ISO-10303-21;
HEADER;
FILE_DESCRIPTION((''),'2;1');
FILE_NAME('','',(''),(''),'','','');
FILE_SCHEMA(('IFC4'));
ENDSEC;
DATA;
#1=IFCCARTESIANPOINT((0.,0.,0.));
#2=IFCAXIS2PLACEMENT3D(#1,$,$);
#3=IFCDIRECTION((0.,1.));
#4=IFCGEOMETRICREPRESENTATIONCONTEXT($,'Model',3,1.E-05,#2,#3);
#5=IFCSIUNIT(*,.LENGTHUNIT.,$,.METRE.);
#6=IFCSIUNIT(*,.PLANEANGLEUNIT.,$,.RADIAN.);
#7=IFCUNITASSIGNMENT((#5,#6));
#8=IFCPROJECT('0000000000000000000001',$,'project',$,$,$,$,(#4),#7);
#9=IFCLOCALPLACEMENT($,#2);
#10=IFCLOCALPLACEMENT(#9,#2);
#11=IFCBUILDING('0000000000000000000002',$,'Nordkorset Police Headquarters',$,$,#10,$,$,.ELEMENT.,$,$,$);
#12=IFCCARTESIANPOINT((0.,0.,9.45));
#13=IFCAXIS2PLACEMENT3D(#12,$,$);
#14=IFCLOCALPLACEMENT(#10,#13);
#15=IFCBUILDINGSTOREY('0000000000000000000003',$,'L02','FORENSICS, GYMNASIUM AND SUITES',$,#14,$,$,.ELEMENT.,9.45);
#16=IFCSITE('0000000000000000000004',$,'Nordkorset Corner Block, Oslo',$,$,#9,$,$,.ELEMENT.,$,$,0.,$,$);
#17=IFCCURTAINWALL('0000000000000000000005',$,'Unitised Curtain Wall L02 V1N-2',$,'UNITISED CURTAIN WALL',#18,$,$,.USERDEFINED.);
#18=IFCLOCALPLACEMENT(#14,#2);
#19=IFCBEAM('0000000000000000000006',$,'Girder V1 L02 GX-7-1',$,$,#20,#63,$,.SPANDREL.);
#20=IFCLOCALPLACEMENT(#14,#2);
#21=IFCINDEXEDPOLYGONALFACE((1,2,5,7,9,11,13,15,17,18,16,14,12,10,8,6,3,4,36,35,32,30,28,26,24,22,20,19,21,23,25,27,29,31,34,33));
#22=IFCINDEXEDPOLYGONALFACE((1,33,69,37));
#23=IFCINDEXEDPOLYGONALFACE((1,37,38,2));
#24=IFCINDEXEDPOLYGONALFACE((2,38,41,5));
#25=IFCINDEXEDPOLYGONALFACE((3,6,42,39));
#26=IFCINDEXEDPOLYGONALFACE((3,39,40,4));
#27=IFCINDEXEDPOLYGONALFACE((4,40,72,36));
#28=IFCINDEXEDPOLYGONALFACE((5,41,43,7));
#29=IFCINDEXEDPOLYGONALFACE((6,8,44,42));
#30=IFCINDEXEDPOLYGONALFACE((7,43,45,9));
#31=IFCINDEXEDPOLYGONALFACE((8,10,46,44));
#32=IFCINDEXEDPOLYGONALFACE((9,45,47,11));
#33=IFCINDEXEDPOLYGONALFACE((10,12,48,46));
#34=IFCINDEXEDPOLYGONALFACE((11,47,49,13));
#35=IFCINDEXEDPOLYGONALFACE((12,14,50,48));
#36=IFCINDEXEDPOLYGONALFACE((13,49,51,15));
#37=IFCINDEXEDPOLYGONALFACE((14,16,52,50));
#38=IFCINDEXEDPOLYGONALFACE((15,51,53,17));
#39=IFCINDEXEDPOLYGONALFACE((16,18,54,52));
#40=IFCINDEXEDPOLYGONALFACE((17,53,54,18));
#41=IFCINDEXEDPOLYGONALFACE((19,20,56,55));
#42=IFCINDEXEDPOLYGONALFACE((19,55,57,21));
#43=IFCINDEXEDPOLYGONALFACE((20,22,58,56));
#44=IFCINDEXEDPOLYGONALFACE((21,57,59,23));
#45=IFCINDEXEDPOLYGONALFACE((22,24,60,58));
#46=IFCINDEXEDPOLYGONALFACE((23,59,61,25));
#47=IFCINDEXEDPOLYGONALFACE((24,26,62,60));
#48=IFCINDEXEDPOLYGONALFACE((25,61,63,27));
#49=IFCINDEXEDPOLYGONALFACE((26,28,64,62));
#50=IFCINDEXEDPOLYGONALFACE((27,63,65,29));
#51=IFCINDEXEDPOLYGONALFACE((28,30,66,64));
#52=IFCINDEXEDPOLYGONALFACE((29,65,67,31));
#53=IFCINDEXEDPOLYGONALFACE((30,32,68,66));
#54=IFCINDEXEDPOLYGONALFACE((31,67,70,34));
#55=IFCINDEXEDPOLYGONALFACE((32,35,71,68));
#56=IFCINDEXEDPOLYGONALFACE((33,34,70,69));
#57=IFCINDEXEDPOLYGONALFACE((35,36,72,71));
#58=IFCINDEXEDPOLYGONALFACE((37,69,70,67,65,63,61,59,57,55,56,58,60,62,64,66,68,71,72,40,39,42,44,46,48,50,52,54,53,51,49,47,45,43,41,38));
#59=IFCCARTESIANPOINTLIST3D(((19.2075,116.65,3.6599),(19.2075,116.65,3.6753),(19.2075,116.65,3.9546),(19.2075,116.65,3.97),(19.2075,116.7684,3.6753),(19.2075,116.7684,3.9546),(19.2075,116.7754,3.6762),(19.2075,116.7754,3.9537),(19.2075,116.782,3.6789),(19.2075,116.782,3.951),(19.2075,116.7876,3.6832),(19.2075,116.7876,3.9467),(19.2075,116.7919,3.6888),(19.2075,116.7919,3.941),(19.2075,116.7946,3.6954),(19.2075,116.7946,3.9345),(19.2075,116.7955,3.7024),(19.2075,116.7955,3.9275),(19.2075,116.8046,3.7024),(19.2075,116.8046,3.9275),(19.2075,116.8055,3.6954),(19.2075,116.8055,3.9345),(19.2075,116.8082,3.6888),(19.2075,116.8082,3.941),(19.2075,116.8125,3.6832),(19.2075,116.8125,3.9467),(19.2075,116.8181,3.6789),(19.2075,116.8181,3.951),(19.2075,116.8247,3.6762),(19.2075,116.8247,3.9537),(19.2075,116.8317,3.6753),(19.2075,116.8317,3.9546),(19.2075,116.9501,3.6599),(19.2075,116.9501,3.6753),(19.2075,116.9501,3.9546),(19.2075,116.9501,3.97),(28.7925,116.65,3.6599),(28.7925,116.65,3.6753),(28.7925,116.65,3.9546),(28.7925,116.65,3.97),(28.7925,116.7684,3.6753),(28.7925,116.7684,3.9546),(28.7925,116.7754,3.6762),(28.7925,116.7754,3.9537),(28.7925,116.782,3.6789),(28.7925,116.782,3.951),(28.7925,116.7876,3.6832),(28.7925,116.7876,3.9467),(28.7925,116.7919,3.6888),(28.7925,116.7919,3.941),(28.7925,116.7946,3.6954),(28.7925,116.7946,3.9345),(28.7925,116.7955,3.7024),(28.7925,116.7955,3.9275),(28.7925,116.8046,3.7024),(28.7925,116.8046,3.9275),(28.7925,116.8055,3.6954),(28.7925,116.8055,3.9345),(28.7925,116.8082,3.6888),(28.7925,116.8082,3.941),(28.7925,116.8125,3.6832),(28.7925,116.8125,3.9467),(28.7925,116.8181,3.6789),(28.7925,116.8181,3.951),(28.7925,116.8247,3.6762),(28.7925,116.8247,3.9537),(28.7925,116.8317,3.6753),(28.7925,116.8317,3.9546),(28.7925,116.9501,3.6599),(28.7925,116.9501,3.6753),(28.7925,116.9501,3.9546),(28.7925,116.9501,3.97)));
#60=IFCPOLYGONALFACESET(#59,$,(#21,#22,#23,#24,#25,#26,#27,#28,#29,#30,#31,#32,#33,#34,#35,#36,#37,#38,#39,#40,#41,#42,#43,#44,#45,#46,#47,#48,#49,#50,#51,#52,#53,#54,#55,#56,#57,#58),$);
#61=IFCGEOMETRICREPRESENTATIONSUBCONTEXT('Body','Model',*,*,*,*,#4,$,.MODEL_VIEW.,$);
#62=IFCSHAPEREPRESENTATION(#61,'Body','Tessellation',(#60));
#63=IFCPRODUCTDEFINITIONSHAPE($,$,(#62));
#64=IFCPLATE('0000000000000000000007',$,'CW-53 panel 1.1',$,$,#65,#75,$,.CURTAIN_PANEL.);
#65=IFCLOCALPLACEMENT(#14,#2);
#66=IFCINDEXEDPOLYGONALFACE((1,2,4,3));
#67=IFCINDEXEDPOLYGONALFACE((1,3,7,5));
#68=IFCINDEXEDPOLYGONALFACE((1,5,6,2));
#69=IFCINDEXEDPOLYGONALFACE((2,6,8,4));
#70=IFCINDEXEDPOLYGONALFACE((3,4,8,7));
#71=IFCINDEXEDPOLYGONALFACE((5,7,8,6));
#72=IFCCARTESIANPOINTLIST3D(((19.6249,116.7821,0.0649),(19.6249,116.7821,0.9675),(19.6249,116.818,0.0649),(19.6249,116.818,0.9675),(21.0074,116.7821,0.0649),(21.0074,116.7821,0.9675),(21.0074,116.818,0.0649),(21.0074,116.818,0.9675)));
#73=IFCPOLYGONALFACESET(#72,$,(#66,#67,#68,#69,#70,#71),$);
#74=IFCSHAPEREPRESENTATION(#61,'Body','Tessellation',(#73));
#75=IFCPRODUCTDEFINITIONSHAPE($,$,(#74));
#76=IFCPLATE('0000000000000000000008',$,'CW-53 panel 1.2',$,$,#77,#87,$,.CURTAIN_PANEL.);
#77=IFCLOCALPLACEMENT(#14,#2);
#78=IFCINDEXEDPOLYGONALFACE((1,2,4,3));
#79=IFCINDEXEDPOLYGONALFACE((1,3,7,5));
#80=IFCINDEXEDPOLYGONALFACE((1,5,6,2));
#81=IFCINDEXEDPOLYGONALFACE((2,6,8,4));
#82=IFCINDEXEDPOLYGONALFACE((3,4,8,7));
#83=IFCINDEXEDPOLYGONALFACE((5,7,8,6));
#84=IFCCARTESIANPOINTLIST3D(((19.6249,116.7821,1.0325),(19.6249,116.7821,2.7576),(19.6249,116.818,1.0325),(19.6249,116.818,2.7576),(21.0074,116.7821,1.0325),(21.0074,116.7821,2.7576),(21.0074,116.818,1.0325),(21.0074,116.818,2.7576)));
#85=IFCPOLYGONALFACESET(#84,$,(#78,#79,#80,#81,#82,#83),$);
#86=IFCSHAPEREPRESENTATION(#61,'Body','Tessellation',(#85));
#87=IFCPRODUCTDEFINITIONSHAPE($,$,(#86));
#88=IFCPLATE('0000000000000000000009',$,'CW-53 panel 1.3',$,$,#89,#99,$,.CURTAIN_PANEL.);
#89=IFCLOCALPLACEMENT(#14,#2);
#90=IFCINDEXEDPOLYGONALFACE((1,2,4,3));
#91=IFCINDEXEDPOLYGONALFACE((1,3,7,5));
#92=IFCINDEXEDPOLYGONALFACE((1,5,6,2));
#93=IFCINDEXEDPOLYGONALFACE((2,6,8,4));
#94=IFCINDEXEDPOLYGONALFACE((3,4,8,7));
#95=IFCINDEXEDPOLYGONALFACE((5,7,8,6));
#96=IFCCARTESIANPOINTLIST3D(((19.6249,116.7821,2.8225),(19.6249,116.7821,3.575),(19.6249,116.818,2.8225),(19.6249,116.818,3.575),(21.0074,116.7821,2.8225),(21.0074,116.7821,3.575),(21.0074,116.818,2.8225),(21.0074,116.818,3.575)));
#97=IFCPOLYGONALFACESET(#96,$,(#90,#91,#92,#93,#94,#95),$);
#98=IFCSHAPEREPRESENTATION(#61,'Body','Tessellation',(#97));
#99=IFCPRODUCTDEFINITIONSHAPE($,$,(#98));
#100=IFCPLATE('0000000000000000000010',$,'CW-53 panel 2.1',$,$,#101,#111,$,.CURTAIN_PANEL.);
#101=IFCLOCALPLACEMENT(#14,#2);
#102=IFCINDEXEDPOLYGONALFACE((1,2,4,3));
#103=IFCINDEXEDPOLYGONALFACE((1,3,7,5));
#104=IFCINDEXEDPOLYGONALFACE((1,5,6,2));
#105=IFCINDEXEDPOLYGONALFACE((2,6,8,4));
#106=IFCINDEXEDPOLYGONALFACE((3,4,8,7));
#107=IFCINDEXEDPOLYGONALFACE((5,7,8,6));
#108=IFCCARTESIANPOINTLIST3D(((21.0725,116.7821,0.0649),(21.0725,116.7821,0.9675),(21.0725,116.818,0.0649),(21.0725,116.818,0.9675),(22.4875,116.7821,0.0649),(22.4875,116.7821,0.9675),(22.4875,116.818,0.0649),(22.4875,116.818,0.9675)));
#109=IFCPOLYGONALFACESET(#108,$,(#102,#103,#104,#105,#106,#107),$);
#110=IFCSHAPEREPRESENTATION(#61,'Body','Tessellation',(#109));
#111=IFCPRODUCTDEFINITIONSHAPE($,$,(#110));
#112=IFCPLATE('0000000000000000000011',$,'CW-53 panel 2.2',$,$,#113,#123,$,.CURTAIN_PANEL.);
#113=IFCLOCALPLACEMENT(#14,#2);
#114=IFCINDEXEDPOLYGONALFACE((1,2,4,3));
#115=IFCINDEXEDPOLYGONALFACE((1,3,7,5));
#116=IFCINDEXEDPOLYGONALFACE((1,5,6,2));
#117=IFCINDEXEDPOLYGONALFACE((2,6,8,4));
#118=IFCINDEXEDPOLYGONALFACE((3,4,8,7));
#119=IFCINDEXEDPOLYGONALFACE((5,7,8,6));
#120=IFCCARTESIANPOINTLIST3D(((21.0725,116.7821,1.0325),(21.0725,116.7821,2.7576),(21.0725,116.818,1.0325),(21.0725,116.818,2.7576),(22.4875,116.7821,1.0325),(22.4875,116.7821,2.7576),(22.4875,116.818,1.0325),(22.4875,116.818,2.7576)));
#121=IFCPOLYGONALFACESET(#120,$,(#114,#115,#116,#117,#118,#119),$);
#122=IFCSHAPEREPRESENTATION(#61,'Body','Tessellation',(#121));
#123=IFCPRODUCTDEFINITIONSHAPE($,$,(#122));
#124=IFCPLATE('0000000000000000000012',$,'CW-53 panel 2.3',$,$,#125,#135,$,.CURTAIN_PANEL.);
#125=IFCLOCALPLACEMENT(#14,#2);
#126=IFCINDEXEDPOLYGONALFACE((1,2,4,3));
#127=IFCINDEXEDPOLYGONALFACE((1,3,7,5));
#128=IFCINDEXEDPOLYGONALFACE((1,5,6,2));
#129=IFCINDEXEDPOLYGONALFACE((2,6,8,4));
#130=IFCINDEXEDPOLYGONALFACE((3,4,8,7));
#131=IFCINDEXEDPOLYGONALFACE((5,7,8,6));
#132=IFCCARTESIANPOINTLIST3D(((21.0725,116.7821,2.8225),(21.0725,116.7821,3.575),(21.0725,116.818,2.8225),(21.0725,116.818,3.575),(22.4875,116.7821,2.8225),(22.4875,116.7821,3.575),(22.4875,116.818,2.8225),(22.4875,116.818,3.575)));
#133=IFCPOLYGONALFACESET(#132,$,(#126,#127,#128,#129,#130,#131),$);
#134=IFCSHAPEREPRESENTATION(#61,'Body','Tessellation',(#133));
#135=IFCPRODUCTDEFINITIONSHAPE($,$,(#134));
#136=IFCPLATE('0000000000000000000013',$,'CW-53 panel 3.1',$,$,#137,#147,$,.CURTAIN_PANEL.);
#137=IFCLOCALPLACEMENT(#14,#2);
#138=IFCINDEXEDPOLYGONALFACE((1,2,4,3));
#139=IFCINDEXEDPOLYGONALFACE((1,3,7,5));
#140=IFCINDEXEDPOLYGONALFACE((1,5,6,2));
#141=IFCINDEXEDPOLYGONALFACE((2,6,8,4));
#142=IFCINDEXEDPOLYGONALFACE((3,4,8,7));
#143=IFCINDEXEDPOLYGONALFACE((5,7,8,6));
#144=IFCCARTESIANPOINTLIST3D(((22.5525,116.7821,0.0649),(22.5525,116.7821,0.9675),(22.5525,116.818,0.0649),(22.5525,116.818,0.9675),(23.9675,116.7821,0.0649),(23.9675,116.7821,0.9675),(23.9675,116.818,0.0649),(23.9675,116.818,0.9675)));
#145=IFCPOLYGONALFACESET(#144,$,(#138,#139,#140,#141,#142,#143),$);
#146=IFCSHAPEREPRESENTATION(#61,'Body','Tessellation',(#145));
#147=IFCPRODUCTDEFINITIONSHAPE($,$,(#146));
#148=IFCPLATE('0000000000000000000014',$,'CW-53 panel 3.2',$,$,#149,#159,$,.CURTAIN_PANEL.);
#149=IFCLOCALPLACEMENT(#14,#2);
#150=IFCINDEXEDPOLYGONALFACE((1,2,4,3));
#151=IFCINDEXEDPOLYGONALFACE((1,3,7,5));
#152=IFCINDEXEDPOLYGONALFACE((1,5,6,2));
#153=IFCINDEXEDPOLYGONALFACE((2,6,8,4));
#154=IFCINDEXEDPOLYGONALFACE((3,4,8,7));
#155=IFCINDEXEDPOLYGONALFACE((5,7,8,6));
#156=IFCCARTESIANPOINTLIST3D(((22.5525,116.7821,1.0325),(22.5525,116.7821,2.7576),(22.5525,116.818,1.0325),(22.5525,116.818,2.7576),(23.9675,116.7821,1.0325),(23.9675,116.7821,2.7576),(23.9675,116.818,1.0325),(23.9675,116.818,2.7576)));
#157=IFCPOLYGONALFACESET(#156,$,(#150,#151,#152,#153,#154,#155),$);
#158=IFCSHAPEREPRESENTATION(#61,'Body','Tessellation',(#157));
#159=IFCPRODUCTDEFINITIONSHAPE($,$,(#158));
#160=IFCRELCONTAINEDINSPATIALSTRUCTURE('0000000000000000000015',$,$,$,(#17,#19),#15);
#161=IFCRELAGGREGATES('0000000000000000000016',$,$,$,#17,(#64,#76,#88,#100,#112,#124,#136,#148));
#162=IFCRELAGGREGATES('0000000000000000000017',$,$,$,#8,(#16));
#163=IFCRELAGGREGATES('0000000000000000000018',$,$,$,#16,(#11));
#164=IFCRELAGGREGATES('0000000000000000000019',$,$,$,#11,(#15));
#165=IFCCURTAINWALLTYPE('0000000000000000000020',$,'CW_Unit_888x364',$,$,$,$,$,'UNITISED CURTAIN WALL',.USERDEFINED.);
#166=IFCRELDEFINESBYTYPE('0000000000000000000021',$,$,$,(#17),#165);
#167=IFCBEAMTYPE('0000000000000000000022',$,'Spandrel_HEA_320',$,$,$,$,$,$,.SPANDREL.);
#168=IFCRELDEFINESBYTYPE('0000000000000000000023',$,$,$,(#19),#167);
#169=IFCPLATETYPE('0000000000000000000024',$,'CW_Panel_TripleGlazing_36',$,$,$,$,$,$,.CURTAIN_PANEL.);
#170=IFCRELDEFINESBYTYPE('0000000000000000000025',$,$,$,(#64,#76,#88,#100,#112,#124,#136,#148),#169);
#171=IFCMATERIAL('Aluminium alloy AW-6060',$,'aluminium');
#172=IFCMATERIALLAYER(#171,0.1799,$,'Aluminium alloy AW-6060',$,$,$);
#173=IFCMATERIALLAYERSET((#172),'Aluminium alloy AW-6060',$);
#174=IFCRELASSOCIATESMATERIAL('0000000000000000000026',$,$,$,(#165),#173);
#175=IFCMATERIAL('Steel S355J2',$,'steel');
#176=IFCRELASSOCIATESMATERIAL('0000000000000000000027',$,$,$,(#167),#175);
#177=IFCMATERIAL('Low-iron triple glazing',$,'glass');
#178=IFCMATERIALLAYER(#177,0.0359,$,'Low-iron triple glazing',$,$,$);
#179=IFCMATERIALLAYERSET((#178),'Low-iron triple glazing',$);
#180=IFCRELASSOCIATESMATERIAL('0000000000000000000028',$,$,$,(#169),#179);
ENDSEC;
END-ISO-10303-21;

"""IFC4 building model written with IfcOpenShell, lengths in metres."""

from ifc_helpers import new_model, si_unit, direction, frame, origin, origin_2d, place, context, subcontext, project, spatial, rectangle, i_section, extrude, material, layer, layer_set, material_profile, profile_set, type_object, element, aggregate, save


model = new_model("IFC4")

# Units and contexts
model_context = context("Model", 3, precision=1e-05, world=origin(), true_north=direction((0.0, 1.0)))
body_context = subcontext(model_context, "Body", "Model", "MODEL_VIEW")
ifc_project = project(units=[si_unit("LENGTHUNIT", "METRE"), si_unit("PLANEANGLEUNIT", "RADIAN")], contexts=[model_context])

# Site, building, storey
site_placement = place(None, origin())
site = spatial("IfcSite", under=ifc_project, at=site_placement, Name="Nordkorset Corner Block, Oslo", CompositionType="ELEMENT", RefElevation=0.0)
building_placement = place(site_placement, origin())
building = spatial("IfcBuilding", under=site, at=building_placement, Name="Nordkorset Police Headquarters", CompositionType="ELEMENT")
storey_placement = place(building_placement, frame((0.0, 0.0, 9.45)))
storey = spatial("IfcBuildingStorey", under=building, at=storey_placement, Name="L02", Description="FORENSICS, GYMNASIUM AND SUITES", CompositionType="ELEMENT", Elevation=9.45)

# Curtain wall
ifc_material_1 = material(Name="Aluminium alloy AW-6060", Category="aluminium")
ifc_layer_1 = layer(ifc_material_1, 0.1799, Name="Aluminium alloy AW-6060")
ifc_layer_set_1 = layer_set([ifc_layer_1], Name="Aluminium alloy AW-6060")
curtain_wall_type = type_object("IfcCurtainWallType", Name="CW_Unit_888x364", ElementType="UNITISED CURTAIN WALL", PredefinedType="USERDEFINED", material=ifc_layer_set_1)
curtain_wall_placement = place(storey_placement, origin())
curtain_wall = element("IfcCurtainWall", 1, at=curtain_wall_placement, inside=storey, type_object=curtain_wall_type, Name="Unitised Curtain Wall L02 V1N-2", ObjectType="UNITISED CURTAIN WALL", PredefinedType="USERDEFINED")

# Beam
ifc_material_2 = material(Name="Steel S355J2", Category="steel")
ifc_material_profile_1 = material_profile(ifc_material_2, i_section(OverallWidth=0.3, OverallDepth=0.3101, WebThickness=0.009, FlangeThickness=0.0154, FilletRadius=0.0271, at=origin_2d()), Name="HEA 320")
ifc_profile_set_1 = profile_set([ifc_material_profile_1], Name="Steel S355J2")
beam_type = type_object("IfcBeamType", Name="Spandrel_HEA_320", PredefinedType="SPANDREL", material=ifc_profile_set_1)
beam_placement = place(storey_placement, frame((19.2075, 116.8, 3.8149), z_axis=(1.0, 0.0, 0.0), x_axis=(0.0, 1.0, 0.0)))
element("IfcBeam", 2, at=beam_placement, inside=storey, type_object=beam_type, Name="Girder V1 L02 GX-7-1", PredefinedType="SPANDREL", context=body_context, shape_type="SweptSolid", body=[
    extrude(i_section(OverallWidth=0.3, OverallDepth=0.3101, WebThickness=0.009, FlangeThickness=0.0154, FilletRadius=0.0271, at=origin_2d()), origin(), (0.0, 0.0, 1.0), 9.585),
])

# Plates
ifc_material_3 = material(Name="Low-iron triple glazing", Category="glass")
ifc_layer_2 = layer(ifc_material_3, 0.0359, Name="Low-iron triple glazing")
ifc_layer_set_2 = layer_set([ifc_layer_2], Name="Low-iron triple glazing")
plate_type = type_object("IfcPlateType", Name="CW_Panel_TripleGlazing_36", PredefinedType="CURTAIN_PANEL", material=ifc_layer_set_2)
plate_1_placement = place(storey_placement, frame((20.3162, 116.8, 0.0649), z_axis=(0.0, 0.0, 1.0), x_axis=(1.0, 0.0, 0.0)))
plate_1 = element("IfcPlate", 3, at=plate_1_placement, type_object=plate_type, Name="CW-53 panel 1.1", PredefinedType="CURTAIN_PANEL", context=body_context, shape_type="SweptSolid", body=[
    extrude(rectangle(XDim=1.3826, YDim=0.0359, at=origin_2d()), origin(), (0.0, 0.0, 1.0), 0.9026),
])
plate_2_placement = place(storey_placement, frame((20.3162, 116.8, 1.0325), z_axis=(0.0, 0.0, 1.0), x_axis=(1.0, 0.0, 0.0)))
plate_2 = element("IfcPlate", 4, at=plate_2_placement, type_object=plate_type, Name="CW-53 panel 1.2", PredefinedType="CURTAIN_PANEL", context=body_context, shape_type="SweptSolid", body=[
    extrude(rectangle(XDim=1.3826, YDim=0.0359, at=origin_2d()), origin(), (0.0, 0.0, 1.0), 1.7251),
])
plate_3_placement = place(storey_placement, frame((20.3162, 116.8, 2.8225), z_axis=(0.0, 0.0, 1.0), x_axis=(1.0, 0.0, 0.0)))
plate_3 = element("IfcPlate", 5, at=plate_3_placement, type_object=plate_type, Name="CW-53 panel 1.3", PredefinedType="CURTAIN_PANEL", context=body_context, shape_type="SweptSolid", body=[
    extrude(rectangle(XDim=1.3826, YDim=0.0359, at=origin_2d()), origin(), (0.0, 0.0, 1.0), 0.7524),
])
plate_4_placement = place(storey_placement, frame((21.78, 116.8, 0.0649), z_axis=(0.0, 0.0, 1.0), x_axis=(1.0, 0.0, 0.0)))
plate_4 = element("IfcPlate", 6, at=plate_4_placement, type_object=plate_type, Name="CW-53 panel 2.1", PredefinedType="CURTAIN_PANEL", context=body_context, shape_type="SweptSolid", body=[
    extrude(rectangle(XDim=1.415, YDim=0.0359, at=origin_2d()), origin(), (0.0, 0.0, 1.0), 0.9026),
])
plate_5_placement = place(storey_placement, frame((21.78, 116.8, 1.0325), z_axis=(0.0, 0.0, 1.0), x_axis=(1.0, 0.0, 0.0)))
plate_5 = element("IfcPlate", 7, at=plate_5_placement, type_object=plate_type, Name="CW-53 panel 2.2", PredefinedType="CURTAIN_PANEL", context=body_context, shape_type="SweptSolid", body=[
    extrude(rectangle(XDim=1.415, YDim=0.0359, at=origin_2d()), origin(), (0.0, 0.0, 1.0), 1.7251),
])
plate_6_placement = place(storey_placement, frame((21.78, 116.8, 2.8225), z_axis=(0.0, 0.0, 1.0), x_axis=(1.0, 0.0, 0.0)))
plate_6 = element("IfcPlate", 8, at=plate_6_placement, type_object=plate_type, Name="CW-53 panel 2.3", PredefinedType="CURTAIN_PANEL", context=body_context, shape_type="SweptSolid", body=[
    extrude(rectangle(XDim=1.415, YDim=0.0359, at=origin_2d()), origin(), (0.0, 0.0, 1.0), 0.7524),
])
plate_7_placement = place(storey_placement, frame((23.26, 116.8, 0.0649), z_axis=(0.0, 0.0, 1.0), x_axis=(1.0, 0.0, 0.0)))
plate_7 = element("IfcPlate", 9, at=plate_7_placement, type_object=plate_type, Name="CW-53 panel 3.1", PredefinedType="CURTAIN_PANEL", context=body_context, shape_type="SweptSolid", body=[
    extrude(rectangle(XDim=1.415, YDim=0.0359, at=origin_2d()), origin(), (0.0, 0.0, 1.0), 0.9026),
])
plate_8_placement = place(storey_placement, frame((23.26, 116.8, 1.0325), z_axis=(0.0, 0.0, 1.0), x_axis=(1.0, 0.0, 0.0)))
plate_8 = element("IfcPlate", 10, at=plate_8_placement, type_object=plate_type, Name="CW-53 panel 3.2", PredefinedType="CURTAIN_PANEL", context=body_context, shape_type="SweptSolid", body=[
    extrude(rectangle(XDim=1.415, YDim=0.0359, at=origin_2d()), origin(), (0.0, 0.0, 1.0), 1.7251),
])
aggregate(curtain_wall, [plate_1, plate_2, plate_3, plate_4, plate_5, plate_6, plate_7, plate_8])

save(model, "model.ifc")
